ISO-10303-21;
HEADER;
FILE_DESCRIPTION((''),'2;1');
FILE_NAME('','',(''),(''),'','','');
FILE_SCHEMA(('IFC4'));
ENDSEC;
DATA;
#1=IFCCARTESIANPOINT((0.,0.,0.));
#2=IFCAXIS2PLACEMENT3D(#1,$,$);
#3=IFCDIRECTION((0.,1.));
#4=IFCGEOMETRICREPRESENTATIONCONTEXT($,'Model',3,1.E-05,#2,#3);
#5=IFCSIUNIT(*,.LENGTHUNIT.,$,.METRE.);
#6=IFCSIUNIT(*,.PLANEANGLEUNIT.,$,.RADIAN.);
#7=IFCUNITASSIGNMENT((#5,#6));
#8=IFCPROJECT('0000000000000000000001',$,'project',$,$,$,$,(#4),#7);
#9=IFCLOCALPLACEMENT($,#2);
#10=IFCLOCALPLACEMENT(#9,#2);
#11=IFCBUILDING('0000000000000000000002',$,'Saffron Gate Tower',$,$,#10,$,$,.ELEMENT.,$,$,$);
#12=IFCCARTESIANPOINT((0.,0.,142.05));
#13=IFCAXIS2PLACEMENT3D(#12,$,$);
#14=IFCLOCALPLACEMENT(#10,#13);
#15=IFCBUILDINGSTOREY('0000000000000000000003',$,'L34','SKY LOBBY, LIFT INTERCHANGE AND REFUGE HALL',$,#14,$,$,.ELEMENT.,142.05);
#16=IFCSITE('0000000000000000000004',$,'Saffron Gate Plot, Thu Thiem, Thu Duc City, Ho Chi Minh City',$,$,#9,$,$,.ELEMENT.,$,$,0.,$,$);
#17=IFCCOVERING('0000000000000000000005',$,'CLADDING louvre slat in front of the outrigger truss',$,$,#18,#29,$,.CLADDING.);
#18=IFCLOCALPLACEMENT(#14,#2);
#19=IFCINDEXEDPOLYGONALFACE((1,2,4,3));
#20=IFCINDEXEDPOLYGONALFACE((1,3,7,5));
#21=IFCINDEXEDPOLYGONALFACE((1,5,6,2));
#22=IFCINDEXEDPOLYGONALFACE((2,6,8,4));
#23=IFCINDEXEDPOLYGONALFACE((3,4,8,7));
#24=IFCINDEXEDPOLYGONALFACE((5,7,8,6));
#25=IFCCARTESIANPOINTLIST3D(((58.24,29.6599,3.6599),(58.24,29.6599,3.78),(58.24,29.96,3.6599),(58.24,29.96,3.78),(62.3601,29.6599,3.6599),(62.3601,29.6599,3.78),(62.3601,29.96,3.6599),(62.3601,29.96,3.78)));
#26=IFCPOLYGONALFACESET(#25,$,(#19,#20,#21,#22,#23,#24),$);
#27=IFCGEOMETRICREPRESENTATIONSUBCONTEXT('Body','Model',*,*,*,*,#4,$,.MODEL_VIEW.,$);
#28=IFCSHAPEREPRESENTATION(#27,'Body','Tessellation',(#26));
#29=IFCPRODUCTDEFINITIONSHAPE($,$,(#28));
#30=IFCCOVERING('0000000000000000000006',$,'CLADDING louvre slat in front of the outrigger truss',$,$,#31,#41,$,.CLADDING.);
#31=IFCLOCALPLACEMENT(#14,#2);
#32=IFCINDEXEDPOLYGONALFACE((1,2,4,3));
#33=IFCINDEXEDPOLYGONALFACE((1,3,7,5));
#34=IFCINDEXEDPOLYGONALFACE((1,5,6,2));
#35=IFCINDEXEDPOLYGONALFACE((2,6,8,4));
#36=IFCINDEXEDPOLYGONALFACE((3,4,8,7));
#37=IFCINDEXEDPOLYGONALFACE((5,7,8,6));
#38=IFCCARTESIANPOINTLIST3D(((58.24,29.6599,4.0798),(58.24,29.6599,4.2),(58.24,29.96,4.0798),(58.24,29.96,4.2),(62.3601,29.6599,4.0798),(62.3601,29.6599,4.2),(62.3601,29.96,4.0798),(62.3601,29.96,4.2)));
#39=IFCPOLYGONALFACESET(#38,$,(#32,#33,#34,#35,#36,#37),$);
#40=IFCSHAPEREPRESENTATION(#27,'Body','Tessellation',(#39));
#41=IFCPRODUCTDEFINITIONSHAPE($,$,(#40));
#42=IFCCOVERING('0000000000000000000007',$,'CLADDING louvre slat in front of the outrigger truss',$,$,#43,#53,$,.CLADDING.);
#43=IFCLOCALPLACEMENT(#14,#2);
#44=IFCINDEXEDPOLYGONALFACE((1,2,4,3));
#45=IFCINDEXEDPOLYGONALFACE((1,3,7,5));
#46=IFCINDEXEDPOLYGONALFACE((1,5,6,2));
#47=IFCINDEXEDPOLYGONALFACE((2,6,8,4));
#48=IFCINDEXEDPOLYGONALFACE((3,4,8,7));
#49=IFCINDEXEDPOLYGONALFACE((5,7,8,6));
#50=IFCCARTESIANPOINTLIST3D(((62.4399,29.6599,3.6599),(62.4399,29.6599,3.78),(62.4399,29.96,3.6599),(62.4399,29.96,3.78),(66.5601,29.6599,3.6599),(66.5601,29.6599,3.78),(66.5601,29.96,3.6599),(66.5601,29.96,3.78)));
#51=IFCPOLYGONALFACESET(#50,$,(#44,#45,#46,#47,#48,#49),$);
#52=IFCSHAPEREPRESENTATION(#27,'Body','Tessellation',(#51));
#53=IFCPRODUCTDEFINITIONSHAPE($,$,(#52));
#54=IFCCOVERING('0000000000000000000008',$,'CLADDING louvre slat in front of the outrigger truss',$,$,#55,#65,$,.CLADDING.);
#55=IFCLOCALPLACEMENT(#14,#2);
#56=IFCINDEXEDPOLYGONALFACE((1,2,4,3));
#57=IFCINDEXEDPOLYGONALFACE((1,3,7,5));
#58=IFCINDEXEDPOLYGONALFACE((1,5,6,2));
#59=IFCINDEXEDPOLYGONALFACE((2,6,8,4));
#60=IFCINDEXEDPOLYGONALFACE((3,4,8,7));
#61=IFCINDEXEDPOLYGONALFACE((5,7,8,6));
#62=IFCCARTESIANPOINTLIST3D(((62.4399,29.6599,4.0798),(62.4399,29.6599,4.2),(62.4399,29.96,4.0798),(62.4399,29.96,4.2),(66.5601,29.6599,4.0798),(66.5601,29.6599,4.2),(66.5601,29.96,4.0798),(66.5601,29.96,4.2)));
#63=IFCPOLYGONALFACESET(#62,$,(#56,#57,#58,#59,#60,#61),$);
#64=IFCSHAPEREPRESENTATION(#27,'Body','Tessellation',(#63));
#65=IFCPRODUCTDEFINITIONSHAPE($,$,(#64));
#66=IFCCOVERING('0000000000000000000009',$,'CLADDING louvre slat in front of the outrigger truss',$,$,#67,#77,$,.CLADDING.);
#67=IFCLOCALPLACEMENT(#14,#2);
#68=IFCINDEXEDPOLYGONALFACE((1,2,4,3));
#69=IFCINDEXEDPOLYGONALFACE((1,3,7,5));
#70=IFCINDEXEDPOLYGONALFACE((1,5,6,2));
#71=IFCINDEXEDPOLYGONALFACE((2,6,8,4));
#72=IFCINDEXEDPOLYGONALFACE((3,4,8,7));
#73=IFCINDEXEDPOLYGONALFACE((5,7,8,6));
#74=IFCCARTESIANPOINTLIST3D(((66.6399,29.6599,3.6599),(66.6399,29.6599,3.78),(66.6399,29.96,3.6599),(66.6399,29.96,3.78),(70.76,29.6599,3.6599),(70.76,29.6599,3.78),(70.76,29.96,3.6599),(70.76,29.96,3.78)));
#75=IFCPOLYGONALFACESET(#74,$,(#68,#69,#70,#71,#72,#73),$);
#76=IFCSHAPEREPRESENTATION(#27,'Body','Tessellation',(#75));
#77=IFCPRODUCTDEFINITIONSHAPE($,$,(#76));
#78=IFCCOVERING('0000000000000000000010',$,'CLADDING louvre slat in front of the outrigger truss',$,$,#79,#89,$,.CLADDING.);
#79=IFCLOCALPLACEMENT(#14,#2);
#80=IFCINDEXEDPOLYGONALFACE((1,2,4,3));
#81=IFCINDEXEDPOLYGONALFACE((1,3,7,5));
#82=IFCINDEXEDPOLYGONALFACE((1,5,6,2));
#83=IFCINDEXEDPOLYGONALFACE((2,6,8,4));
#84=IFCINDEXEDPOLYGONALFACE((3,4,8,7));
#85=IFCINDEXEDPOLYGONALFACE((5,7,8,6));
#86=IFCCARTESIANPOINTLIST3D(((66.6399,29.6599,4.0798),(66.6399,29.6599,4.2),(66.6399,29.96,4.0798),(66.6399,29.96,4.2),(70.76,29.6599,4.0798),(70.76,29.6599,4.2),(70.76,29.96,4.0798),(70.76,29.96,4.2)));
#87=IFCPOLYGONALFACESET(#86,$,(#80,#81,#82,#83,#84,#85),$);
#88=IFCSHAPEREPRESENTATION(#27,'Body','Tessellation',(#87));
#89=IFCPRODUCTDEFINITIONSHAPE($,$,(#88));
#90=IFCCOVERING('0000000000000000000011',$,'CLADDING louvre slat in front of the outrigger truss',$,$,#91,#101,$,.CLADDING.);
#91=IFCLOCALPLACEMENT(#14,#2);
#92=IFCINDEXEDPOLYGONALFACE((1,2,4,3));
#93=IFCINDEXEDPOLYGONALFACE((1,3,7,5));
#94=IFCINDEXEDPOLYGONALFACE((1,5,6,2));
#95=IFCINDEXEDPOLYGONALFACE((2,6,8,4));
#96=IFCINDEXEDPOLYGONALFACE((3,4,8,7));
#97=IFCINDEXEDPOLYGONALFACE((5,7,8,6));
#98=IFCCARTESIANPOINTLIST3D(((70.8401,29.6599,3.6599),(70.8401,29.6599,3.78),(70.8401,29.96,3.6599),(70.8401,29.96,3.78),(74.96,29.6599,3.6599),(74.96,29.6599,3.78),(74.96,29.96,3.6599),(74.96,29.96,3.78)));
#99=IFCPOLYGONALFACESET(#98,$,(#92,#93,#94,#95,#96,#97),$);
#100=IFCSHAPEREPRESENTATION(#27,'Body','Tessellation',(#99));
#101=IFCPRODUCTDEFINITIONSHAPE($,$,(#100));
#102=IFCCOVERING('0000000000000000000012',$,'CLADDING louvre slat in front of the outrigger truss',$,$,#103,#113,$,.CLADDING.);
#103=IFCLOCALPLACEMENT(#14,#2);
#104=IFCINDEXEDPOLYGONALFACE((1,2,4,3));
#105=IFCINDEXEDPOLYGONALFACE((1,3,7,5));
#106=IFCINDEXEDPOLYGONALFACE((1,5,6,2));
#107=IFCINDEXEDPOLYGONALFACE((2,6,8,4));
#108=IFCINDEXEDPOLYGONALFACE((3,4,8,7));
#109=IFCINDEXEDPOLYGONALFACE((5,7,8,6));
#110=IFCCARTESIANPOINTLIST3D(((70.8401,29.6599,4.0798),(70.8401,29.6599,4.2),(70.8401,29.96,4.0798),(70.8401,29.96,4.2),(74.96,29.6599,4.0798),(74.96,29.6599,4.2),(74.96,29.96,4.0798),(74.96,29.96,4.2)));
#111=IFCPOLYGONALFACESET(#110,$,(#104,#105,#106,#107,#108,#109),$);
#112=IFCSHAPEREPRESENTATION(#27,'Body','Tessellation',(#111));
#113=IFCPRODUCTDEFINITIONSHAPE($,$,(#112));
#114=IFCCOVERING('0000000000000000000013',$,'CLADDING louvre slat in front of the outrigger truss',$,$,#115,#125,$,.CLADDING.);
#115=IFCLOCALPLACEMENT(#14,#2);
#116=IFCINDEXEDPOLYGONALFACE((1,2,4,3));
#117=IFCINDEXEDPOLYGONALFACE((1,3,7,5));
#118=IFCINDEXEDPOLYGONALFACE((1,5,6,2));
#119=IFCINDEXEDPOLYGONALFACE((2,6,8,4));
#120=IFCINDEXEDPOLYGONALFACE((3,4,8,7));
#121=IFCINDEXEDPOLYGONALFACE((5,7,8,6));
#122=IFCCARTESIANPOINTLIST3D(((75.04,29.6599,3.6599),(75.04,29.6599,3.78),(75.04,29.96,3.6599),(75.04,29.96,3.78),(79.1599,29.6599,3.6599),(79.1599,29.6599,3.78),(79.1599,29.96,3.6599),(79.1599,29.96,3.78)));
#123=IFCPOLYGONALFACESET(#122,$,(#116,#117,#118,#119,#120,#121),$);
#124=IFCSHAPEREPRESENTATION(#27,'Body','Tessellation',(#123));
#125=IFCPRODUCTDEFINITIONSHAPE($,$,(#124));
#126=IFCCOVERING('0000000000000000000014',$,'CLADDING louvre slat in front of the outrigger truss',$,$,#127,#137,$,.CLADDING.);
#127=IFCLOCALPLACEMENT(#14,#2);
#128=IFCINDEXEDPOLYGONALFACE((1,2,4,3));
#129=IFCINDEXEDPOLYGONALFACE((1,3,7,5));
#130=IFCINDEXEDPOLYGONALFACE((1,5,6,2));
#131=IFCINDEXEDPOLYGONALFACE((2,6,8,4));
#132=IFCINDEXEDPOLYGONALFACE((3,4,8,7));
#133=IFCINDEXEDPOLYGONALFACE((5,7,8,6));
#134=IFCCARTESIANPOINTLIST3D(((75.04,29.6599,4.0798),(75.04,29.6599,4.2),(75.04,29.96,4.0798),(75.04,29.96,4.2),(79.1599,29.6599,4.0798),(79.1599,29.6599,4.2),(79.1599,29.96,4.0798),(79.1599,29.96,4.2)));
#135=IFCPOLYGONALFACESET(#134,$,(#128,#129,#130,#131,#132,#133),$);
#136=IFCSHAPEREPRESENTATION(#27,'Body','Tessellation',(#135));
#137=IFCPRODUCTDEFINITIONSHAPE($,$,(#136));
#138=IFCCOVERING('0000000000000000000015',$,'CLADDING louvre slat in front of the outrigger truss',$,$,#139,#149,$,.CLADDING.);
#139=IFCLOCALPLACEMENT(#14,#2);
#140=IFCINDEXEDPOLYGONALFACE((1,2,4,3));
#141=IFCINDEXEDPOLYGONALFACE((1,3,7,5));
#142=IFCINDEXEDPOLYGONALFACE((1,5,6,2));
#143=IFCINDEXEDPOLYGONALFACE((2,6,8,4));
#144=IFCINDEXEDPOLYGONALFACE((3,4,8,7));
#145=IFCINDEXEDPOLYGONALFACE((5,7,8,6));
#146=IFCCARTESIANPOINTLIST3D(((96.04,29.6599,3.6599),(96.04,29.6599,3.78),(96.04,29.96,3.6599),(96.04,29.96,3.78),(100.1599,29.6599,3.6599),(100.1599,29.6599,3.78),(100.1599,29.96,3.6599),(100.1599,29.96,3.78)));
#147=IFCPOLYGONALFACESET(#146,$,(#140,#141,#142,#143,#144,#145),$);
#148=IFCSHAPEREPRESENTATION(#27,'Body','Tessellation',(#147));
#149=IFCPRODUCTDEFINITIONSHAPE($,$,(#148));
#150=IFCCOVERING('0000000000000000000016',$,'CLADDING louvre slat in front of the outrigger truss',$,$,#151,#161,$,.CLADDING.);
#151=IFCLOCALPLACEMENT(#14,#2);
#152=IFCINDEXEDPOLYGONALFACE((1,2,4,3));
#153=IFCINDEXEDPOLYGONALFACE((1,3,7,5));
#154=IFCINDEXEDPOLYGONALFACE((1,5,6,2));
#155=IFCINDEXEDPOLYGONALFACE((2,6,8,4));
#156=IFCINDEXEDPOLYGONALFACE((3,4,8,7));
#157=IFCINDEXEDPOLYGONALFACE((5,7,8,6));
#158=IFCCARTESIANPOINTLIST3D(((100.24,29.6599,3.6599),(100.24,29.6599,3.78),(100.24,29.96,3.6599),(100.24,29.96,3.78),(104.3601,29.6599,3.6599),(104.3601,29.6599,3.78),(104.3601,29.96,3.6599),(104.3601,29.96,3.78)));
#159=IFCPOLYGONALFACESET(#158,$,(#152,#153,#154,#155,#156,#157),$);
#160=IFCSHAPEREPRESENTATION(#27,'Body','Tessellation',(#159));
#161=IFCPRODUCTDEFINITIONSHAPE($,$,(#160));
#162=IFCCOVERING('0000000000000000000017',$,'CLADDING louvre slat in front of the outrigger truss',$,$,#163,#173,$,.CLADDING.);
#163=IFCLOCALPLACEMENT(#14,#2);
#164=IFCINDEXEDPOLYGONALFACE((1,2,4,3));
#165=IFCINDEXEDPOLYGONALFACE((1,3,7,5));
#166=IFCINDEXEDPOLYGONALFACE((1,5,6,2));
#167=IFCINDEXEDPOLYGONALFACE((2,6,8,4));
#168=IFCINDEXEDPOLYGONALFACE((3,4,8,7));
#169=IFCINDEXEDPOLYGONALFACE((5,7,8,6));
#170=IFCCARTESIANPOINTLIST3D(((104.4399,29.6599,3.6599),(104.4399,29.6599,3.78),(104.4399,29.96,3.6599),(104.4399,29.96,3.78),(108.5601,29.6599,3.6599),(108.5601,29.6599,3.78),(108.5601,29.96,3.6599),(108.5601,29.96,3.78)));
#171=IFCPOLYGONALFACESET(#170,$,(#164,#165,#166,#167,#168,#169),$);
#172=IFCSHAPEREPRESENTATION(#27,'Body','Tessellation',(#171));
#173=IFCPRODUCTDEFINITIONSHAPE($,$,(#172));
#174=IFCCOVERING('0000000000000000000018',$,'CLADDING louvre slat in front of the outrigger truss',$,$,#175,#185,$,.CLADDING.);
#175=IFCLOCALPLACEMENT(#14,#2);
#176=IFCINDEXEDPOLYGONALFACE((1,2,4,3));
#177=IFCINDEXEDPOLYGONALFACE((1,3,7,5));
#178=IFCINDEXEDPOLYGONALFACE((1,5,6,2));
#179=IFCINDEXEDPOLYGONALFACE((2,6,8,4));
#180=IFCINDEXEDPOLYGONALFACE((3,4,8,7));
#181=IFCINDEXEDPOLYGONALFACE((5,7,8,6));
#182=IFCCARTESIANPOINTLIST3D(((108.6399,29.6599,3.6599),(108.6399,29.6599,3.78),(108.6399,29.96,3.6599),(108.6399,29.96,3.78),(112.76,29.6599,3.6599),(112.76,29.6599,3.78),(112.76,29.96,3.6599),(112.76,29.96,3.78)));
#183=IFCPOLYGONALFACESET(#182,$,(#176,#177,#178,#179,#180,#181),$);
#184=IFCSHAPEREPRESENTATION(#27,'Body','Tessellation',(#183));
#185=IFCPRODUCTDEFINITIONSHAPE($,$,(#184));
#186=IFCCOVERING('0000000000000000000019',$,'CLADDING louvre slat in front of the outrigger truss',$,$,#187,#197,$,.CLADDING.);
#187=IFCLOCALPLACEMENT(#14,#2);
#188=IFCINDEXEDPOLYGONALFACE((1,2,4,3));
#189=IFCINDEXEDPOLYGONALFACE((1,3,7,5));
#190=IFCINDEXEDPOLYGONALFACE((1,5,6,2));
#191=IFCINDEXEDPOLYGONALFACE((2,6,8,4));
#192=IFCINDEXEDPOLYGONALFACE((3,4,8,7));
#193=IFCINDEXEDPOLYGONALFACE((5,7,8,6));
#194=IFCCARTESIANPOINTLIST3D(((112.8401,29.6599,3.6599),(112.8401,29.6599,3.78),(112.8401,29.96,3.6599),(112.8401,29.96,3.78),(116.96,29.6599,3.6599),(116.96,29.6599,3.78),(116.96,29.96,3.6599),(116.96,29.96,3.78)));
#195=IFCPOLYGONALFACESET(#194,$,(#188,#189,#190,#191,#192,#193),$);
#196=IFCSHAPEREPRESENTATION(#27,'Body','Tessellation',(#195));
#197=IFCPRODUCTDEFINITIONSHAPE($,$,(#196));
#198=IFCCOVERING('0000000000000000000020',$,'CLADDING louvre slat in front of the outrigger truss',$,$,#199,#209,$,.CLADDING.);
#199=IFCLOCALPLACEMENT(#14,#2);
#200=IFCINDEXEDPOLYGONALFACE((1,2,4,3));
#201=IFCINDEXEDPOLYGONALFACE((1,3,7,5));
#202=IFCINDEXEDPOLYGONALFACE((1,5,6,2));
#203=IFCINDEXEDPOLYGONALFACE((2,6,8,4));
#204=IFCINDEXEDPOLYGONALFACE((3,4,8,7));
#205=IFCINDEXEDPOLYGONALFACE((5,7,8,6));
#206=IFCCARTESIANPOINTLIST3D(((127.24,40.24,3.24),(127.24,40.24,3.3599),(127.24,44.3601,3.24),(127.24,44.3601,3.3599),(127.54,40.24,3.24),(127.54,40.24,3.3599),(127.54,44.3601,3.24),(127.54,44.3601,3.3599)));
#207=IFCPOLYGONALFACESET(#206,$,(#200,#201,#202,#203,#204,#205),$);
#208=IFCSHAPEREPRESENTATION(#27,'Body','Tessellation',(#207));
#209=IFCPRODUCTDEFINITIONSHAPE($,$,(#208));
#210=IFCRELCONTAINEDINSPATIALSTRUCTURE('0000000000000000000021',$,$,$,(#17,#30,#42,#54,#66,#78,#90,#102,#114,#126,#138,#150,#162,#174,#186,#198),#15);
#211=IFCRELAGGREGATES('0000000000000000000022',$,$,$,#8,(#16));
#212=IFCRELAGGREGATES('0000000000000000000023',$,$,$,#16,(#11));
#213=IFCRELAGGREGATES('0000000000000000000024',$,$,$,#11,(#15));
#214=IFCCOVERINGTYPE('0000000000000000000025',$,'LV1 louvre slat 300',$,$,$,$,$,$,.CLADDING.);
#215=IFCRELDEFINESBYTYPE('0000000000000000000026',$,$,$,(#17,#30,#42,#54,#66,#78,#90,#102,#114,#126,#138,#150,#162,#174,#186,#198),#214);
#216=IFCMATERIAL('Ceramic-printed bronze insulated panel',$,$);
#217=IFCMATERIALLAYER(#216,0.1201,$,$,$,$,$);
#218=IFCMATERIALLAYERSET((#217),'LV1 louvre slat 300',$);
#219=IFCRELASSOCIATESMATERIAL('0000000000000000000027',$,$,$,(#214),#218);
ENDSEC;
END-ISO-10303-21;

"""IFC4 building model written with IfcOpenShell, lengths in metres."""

from ifc_helpers import new_model, si_unit, direction, frame, origin, place, context, subcontext, project, spatial, polyline, outline, extrude, material, layer, layer_set, type_object, element, save


model = new_model("IFC4")

# Units and contexts
model_context = context("Model", 3, precision=1e-05, world=origin(), true_north=direction((0.0, 1.0)))
body_context = subcontext(model_context, "Body", "Model", "MODEL_VIEW")
ifc_project = project(units=[si_unit("LENGTHUNIT", "METRE"), si_unit("PLANEANGLEUNIT", "RADIAN")], contexts=[model_context])

# Site, building, storey
site_placement = place(None, origin())
site = spatial("IfcSite", under=ifc_project, at=site_placement, Name="Saffron Gate Plot, Thu Thiem, Thu Duc City, Ho Chi Minh City", CompositionType="ELEMENT", RefElevation=0.0)
building_placement = place(site_placement, origin())
building = spatial("IfcBuilding", under=site, at=building_placement, Name="Saffron Gate Tower", CompositionType="ELEMENT")
storey_placement = place(building_placement, frame((0.0, 0.0, 142.05)))
storey = spatial("IfcBuildingStorey", under=building, at=storey_placement, Name="L34", Description="SKY LOBBY, LIFT INTERCHANGE AND REFUGE HALL", CompositionType="ELEMENT", Elevation=142.05)

# Coverings
ifc_material = material(Name="Ceramic-printed bronze insulated panel")
ifc_layer = layer(ifc_material, 0.1201)
ifc_layer_set = layer_set([ifc_layer], Name="LV1 louvre slat 300")
covering_type = type_object("IfcCoveringType", Name="LV1 louvre slat 300", PredefinedType="CLADDING", material=ifc_layer_set)
for number, where, name in (
    (1, (0.0, 0.0, 3.6599), "CLADDING louvre slat in front of the outrigger truss"),
    (2, (0.0, 0.0, 4.0798), "CLADDING louvre slat in front of the outrigger truss"),
):
    element("IfcCovering", number, at=place(storey_placement, frame(where)), inside=storey, type_object=covering_type, Name=name, PredefinedType="CLADDING", context=body_context, shape_type="SweptSolid", body=[
        extrude(outline(polyline([(58.24, 29.6599), (62.3601, 29.6599), (62.3601, 29.96), (58.24, 29.96), (58.24, 29.6599)])), origin(), (0.0, 0.0, 1.0), 0.1201),
    ])
for number, where, name in (
    (3, (0.0, 0.0, 3.6599), "CLADDING louvre slat in front of the outrigger truss"),
    (4, (0.0, 0.0, 4.0798), "CLADDING louvre slat in front of the outrigger truss"),
):
    element("IfcCovering", number, at=place(storey_placement, frame(where)), inside=storey, type_object=covering_type, Name=name, PredefinedType="CLADDING", context=body_context, shape_type="SweptSolid", body=[
        extrude(outline(polyline([(62.4399, 29.6599), (66.5601, 29.6599), (66.5601, 29.96), (62.4399, 29.96), (62.4399, 29.6599)])), origin(), (0.0, 0.0, 1.0), 0.1201),
    ])
for number, where, name in (
    (5, (0.0, 0.0, 3.6599), "CLADDING louvre slat in front of the outrigger truss"),
    (6, (0.0, 0.0, 4.0798), "CLADDING louvre slat in front of the outrigger truss"),
):
    element("IfcCovering", number, at=place(storey_placement, frame(where)), inside=storey, type_object=covering_type, Name=name, PredefinedType="CLADDING", context=body_context, shape_type="SweptSolid", body=[
        extrude(outline(polyline([(66.6399, 29.6599), (70.76, 29.6599), (70.76, 29.96), (66.6399, 29.96), (66.6399, 29.6599)])), origin(), (0.0, 0.0, 1.0), 0.1201),
    ])
for number, where, name in (
    (7, (0.0, 0.0, 3.6599), "CLADDING louvre slat in front of the outrigger truss"),
    (8, (0.0, 0.0, 4.0798), "CLADDING louvre slat in front of the outrigger truss"),
):
    element("IfcCovering", number, at=place(storey_placement, frame(where)), inside=storey, type_object=covering_type, Name=name, PredefinedType="CLADDING", context=body_context, shape_type="SweptSolid", body=[
        extrude(outline(polyline([(70.8401, 29.6599), (74.96, 29.6599), (74.96, 29.96), (70.8401, 29.96), (70.8401, 29.6599)])), origin(), (0.0, 0.0, 1.0), 0.1201),
    ])
for number, where, name in (
    (9, (0.0, 0.0, 3.6599), "CLADDING louvre slat in front of the outrigger truss"),
    (10, (0.0, 0.0, 4.0798), "CLADDING louvre slat in front of the outrigger truss"),
):
    element("IfcCovering", number, at=place(storey_placement, frame(where)), inside=storey, type_object=covering_type, Name=name, PredefinedType="CLADDING", context=body_context, shape_type="SweptSolid", body=[
        extrude(outline(polyline([(75.04, 29.6599), (79.1599, 29.6599), (79.1599, 29.96), (75.04, 29.96), (75.04, 29.6599)])), origin(), (0.0, 0.0, 1.0), 0.1201),
    ])
covering_1_placement = place(storey_placement, frame((0.0, 0.0, 3.6599)))
element("IfcCovering", 11, at=covering_1_placement, inside=storey, type_object=covering_type, Name="CLADDING louvre slat in front of the outrigger truss", PredefinedType="CLADDING", context=body_context, shape_type="SweptSolid", body=[
    extrude(outline(polyline([(96.04, 29.6599), (100.1599, 29.6599), (100.1599, 29.96), (96.04, 29.96), (96.04, 29.6599)])), origin(), (0.0, 0.0, 1.0), 0.1201),
])
covering_2_placement = place(storey_placement, frame((0.0, 0.0, 3.6599)))
element("IfcCovering", 12, at=covering_2_placement, inside=storey, type_object=covering_type, Name="CLADDING louvre slat in front of the outrigger truss", PredefinedType="CLADDING", context=body_context, shape_type="SweptSolid", body=[
    extrude(outline(polyline([(100.24, 29.6599), (104.3601, 29.6599), (104.3601, 29.96), (100.24, 29.96), (100.24, 29.6599)])), origin(), (0.0, 0.0, 1.0), 0.1201),
])
covering_3_placement = place(storey_placement, frame((0.0, 0.0, 3.6599)))
element("IfcCovering", 13, at=covering_3_placement, inside=storey, type_object=covering_type, Name="CLADDING louvre slat in front of the outrigger truss", PredefinedType="CLADDING", context=body_context, shape_type="SweptSolid", body=[
    extrude(outline(polyline([(104.4399, 29.6599), (108.5601, 29.6599), (108.5601, 29.96), (104.4399, 29.96), (104.4399, 29.6599)])), origin(), (0.0, 0.0, 1.0), 0.1201),
])
covering_4_placement = place(storey_placement, frame((0.0, 0.0, 3.6599)))
element("IfcCovering", 14, at=covering_4_placement, inside=storey, type_object=covering_type, Name="CLADDING louvre slat in front of the outrigger truss", PredefinedType="CLADDING", context=body_context, shape_type="SweptSolid", body=[
    extrude(outline(polyline([(108.6399, 29.6599), (112.76, 29.6599), (112.76, 29.96), (108.6399, 29.96), (108.6399, 29.6599)])), origin(), (0.0, 0.0, 1.0), 0.1201),
])
covering_5_placement = place(storey_placement, frame((0.0, 0.0, 3.6599)))
element("IfcCovering", 15, at=covering_5_placement, inside=storey, type_object=covering_type, Name="CLADDING louvre slat in front of the outrigger truss", PredefinedType="CLADDING", context=body_context, shape_type="SweptSolid", body=[
    extrude(outline(polyline([(112.8401, 29.6599), (116.96, 29.6599), (116.96, 29.96), (112.8401, 29.96), (112.8401, 29.6599)])), origin(), (0.0, 0.0, 1.0), 0.1201),
])
covering_6_placement = place(storey_placement, frame((0.0, 0.0, 3.24)))
element("IfcCovering", 16, at=covering_6_placement, inside=storey, type_object=covering_type, Name="CLADDING louvre slat in front of the outrigger truss", PredefinedType="CLADDING", context=body_context, shape_type="SweptSolid", body=[
    extrude(outline(polyline([(127.54, 40.24), (127.54, 44.3601), (127.24, 44.3601), (127.24, 40.24), (127.54, 40.24)])), origin(), (0.0, 0.0, 1.0), 0.1199),
])

save(model, "model.ifc")
